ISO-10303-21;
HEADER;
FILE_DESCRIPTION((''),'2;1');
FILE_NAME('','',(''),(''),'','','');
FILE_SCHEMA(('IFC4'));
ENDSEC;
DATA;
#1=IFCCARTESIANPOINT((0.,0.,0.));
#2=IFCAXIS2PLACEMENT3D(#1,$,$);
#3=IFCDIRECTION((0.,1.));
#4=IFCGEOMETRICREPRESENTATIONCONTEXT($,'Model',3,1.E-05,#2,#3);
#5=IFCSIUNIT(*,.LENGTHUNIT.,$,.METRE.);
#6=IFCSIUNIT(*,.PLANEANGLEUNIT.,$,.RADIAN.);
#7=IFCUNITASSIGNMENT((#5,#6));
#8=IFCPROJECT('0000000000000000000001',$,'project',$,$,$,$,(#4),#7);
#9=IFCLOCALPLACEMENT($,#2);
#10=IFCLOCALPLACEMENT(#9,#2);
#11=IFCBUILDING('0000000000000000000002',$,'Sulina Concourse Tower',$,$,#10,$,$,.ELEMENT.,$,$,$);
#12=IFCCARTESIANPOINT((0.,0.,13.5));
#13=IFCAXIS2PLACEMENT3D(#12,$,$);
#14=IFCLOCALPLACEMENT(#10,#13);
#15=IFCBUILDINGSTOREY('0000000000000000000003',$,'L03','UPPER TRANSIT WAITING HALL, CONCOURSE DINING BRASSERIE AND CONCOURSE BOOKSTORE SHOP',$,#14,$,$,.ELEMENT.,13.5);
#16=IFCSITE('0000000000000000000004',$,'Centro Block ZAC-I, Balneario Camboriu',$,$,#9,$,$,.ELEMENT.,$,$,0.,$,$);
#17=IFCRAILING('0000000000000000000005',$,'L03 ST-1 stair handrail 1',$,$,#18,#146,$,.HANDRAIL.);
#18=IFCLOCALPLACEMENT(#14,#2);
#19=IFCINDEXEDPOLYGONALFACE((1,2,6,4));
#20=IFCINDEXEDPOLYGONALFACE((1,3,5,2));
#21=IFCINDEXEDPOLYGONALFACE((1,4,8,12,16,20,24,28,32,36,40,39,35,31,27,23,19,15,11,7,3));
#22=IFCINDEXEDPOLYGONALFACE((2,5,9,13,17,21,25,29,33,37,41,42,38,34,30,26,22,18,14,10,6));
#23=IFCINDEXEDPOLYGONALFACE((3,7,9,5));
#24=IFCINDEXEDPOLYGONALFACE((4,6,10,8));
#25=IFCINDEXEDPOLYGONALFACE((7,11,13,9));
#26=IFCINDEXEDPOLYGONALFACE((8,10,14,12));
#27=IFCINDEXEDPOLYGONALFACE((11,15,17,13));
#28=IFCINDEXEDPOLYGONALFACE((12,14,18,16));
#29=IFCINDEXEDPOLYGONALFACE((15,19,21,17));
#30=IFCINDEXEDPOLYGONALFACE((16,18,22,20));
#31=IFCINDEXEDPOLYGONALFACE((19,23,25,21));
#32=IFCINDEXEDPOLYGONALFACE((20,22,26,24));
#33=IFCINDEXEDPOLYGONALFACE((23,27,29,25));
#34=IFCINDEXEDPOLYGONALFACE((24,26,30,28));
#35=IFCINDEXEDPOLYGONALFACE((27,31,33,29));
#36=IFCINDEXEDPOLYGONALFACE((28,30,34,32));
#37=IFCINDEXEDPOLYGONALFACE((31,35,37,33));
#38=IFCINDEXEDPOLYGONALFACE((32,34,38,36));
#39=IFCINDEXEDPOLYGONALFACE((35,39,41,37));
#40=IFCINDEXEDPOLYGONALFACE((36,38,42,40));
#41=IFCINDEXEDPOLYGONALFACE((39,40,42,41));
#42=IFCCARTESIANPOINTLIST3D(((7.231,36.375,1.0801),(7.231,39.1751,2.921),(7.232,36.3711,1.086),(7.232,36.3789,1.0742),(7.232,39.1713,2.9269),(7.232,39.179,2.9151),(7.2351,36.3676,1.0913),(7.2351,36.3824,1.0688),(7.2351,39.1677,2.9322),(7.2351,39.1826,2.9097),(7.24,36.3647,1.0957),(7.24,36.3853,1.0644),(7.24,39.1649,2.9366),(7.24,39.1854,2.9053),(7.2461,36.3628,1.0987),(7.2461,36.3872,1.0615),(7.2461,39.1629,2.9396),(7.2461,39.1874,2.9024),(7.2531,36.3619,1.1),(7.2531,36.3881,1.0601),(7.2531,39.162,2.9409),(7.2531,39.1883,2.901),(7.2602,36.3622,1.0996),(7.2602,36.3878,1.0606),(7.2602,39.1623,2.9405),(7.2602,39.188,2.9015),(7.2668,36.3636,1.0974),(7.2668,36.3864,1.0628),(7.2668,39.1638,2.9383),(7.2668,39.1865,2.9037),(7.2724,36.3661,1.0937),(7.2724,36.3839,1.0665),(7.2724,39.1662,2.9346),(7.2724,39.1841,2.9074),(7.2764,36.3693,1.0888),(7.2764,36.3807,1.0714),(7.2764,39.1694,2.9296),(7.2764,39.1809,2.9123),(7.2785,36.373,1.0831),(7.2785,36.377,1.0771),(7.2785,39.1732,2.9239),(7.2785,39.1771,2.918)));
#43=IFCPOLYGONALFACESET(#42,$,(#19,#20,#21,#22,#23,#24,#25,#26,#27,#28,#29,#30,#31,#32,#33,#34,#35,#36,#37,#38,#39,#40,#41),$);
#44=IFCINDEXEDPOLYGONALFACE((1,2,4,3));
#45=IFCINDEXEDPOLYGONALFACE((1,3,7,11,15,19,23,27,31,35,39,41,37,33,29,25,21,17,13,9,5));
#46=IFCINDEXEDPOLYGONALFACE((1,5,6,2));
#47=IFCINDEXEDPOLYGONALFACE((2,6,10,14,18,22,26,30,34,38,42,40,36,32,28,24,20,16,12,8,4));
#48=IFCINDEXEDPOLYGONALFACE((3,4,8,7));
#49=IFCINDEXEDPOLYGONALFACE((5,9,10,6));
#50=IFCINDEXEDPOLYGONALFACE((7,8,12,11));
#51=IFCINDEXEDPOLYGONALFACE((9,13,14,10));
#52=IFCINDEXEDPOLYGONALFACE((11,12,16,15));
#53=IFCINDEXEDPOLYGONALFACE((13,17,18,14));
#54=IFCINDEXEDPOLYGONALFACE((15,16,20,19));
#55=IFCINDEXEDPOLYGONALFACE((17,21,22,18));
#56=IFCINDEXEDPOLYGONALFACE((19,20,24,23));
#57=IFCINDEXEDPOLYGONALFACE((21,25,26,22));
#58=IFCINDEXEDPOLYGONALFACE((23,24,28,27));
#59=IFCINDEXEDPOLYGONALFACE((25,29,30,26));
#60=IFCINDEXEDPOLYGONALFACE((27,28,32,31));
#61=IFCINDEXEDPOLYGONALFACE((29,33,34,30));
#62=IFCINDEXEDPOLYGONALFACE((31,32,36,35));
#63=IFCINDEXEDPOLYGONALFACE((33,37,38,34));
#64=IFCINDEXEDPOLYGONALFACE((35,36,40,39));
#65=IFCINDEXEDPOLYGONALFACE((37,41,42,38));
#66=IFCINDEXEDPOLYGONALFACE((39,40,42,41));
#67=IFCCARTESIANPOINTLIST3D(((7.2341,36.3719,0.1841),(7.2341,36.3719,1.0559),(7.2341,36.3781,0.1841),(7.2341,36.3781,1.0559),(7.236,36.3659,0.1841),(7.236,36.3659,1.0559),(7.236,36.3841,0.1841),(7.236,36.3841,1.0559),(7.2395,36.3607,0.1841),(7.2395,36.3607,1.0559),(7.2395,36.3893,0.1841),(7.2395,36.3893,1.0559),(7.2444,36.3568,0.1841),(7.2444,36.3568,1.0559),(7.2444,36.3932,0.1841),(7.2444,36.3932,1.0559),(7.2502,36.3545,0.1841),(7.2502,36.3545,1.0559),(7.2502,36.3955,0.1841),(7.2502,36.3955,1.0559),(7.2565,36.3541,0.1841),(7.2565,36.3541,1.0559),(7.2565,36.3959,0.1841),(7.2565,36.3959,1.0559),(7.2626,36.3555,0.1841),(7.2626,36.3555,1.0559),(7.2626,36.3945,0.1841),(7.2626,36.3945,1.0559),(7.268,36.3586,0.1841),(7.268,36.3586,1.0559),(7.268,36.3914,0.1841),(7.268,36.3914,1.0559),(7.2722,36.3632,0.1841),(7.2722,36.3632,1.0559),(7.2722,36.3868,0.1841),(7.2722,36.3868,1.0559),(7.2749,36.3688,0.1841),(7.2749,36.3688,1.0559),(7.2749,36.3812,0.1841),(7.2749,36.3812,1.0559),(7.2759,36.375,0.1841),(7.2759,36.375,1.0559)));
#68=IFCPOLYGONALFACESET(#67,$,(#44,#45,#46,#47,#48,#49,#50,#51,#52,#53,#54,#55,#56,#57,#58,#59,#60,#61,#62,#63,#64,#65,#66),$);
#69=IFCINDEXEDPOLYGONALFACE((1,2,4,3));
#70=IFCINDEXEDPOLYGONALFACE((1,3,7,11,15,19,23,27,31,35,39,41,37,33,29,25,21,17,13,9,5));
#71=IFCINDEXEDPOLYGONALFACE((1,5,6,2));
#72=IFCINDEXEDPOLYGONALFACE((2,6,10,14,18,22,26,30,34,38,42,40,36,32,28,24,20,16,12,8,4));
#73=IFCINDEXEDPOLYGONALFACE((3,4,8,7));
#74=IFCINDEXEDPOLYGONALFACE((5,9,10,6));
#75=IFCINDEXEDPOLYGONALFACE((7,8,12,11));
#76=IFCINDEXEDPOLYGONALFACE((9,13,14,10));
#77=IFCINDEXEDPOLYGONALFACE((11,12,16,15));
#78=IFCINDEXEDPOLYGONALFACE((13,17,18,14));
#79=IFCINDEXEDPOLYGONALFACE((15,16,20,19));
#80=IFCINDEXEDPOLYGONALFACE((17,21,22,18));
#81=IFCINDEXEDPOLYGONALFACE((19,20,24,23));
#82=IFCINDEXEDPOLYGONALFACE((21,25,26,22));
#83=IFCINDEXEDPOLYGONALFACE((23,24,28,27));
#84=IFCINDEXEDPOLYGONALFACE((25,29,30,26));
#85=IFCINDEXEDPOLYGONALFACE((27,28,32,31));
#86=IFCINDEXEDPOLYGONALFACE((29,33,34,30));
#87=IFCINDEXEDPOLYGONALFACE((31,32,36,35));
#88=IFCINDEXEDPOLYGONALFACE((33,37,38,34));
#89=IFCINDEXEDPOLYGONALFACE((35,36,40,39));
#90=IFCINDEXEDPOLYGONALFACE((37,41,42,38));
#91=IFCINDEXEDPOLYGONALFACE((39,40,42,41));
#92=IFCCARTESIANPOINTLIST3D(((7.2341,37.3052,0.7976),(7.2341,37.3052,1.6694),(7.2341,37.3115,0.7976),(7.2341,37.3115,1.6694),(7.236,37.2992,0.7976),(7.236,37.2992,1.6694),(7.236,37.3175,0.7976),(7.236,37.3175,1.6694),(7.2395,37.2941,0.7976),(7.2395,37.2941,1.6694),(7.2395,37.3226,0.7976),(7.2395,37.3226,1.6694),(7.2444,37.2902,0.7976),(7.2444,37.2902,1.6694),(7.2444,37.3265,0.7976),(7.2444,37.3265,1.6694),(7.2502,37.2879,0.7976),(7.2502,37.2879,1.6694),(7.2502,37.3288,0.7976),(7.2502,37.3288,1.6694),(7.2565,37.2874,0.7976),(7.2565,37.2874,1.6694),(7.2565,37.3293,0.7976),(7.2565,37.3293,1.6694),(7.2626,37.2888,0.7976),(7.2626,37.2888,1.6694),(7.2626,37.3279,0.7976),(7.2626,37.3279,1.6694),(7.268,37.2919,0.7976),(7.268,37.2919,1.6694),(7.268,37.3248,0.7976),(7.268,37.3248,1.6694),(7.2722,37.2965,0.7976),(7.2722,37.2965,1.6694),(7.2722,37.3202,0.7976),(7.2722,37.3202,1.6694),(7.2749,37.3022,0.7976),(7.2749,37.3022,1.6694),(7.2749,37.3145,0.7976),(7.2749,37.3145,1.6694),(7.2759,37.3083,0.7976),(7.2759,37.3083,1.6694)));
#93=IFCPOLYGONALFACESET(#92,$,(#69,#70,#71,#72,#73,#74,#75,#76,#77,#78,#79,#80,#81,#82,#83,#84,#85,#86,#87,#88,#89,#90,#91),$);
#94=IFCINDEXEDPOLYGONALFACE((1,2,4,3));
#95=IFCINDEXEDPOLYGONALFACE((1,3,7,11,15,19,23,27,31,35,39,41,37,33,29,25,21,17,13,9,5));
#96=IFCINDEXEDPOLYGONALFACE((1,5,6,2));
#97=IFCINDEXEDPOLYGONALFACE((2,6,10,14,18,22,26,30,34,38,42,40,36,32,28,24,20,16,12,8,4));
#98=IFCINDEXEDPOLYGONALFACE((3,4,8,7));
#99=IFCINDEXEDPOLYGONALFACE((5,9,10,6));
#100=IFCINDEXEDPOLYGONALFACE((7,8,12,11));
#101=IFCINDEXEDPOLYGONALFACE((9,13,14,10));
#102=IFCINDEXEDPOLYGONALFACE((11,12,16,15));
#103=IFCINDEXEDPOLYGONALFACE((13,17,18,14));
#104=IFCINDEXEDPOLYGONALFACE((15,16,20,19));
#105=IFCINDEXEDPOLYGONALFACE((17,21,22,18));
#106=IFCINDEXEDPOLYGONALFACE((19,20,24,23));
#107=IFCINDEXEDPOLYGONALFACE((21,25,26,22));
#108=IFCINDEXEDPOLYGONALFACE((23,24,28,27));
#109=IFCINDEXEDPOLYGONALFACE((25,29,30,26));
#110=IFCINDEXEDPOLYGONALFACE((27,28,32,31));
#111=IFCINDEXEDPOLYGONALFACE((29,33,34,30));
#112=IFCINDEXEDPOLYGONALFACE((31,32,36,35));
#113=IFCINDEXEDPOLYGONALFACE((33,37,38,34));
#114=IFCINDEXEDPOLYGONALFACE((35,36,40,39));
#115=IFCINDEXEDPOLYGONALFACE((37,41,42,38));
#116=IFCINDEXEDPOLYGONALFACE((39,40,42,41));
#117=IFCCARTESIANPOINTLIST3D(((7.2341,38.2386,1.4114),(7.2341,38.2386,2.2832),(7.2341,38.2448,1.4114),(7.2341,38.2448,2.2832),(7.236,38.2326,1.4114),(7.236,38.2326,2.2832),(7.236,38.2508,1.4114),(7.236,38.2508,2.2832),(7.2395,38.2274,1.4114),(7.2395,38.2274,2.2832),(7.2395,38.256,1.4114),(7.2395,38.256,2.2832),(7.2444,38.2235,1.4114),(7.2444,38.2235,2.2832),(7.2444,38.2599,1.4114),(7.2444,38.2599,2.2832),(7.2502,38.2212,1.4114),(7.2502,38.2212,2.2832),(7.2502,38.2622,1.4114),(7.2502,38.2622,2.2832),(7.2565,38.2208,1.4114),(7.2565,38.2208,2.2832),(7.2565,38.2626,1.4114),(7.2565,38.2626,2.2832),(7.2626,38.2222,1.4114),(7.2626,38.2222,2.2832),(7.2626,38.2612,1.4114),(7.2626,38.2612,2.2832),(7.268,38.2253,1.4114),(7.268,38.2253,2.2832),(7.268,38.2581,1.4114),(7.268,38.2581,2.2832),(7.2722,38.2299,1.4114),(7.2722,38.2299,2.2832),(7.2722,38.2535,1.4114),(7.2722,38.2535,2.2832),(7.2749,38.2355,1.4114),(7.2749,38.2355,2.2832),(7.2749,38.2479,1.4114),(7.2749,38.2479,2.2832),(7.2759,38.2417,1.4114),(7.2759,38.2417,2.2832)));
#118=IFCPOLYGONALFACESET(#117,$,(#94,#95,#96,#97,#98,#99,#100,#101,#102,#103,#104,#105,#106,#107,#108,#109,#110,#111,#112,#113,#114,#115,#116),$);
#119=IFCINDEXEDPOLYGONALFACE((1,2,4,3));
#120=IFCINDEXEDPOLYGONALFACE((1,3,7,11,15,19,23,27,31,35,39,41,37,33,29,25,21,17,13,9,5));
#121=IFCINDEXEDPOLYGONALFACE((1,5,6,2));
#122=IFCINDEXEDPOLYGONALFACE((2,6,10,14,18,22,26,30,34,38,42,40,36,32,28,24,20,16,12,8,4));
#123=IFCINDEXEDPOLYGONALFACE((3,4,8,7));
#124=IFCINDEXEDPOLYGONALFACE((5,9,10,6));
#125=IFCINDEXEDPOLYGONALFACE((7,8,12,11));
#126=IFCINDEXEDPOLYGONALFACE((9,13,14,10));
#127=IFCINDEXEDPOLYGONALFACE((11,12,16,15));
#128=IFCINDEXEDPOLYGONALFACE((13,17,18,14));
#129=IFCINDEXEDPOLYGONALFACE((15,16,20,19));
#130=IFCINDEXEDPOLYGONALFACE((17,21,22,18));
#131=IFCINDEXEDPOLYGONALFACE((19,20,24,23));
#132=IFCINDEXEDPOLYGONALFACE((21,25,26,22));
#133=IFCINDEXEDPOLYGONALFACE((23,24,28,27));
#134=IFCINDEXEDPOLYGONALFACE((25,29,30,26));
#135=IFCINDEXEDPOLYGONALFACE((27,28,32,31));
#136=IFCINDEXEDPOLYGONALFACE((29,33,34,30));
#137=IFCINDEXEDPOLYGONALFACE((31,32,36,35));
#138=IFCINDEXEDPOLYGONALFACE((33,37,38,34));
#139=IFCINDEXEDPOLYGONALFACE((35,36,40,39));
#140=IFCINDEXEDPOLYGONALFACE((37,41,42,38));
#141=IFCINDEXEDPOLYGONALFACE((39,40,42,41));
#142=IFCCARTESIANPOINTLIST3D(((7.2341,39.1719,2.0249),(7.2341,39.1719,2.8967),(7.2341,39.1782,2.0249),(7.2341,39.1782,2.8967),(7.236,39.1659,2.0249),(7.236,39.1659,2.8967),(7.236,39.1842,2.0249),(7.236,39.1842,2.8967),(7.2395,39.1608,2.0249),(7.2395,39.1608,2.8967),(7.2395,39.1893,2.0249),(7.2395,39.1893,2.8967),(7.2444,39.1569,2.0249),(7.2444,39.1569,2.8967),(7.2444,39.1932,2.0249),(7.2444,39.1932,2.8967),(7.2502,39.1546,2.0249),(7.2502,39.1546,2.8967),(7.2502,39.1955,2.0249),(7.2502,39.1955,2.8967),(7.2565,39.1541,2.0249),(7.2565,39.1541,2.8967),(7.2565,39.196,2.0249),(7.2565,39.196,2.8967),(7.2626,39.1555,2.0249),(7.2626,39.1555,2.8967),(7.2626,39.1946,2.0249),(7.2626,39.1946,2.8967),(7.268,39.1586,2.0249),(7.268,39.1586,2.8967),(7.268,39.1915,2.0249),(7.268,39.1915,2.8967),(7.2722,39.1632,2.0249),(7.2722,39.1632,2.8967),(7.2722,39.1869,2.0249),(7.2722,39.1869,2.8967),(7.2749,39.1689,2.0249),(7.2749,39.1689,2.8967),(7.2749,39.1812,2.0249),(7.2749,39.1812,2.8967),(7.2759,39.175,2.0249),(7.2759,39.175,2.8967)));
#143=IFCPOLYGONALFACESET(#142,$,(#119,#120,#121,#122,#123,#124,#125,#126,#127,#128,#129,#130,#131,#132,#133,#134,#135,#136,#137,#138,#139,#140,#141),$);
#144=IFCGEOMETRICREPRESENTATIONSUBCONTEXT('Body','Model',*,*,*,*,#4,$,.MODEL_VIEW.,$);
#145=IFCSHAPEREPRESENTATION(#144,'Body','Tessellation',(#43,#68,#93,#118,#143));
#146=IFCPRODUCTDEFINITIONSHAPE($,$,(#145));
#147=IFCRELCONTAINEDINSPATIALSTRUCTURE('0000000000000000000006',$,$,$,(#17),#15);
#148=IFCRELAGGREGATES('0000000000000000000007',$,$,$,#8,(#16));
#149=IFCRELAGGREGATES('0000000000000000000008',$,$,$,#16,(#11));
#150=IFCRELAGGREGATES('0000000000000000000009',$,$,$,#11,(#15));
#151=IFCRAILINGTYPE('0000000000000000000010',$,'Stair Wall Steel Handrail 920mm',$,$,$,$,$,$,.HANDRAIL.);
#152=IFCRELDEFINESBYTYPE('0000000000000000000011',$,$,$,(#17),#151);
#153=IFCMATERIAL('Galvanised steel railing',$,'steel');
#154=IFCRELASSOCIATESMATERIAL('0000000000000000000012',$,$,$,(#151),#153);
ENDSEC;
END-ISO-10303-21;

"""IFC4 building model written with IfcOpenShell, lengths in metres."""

from ifc_helpers import new_model, si_unit, direction, frame, origin, origin_2d, place, context, subcontext, project, spatial, circle, extrude, material, type_object, element, save


model = new_model("IFC4")

# Units and contexts
model_context = context("Model", 3, precision=1e-05, world=origin(), true_north=direction((0.0, 1.0)))
body_context = subcontext(model_context, "Body", "Model", "MODEL_VIEW")
ifc_project = project(units=[si_unit("LENGTHUNIT", "METRE"), si_unit("PLANEANGLEUNIT", "RADIAN")], contexts=[model_context])

# Site, building, storey
site_placement = place(None, origin())
site = spatial("IfcSite", under=ifc_project, at=site_placement, Name="Centro Block ZAC-I, Balneario Camboriu", CompositionType="ELEMENT", RefElevation=0.0)
building_placement = place(site_placement, origin())
building = spatial("IfcBuilding", under=site, at=building_placement, Name="Sulina Concourse Tower", CompositionType="ELEMENT")
storey_placement = place(building_placement, frame((0.0, 0.0, 13.5)))
storey = spatial("IfcBuildingStorey", under=building, at=storey_placement, Name="L03", Description="UPPER TRANSIT WAITING HALL, CONCOURSE DINING BRASSERIE AND CONCOURSE BOOKSTORE SHOP", CompositionType="ELEMENT", Elevation=13.5)

# Railing
ifc_material_1 = material(Name="Galvanised steel railing", Category="steel")
railing_type_1 = type_object("IfcRailingType", Name="Stair Wall Steel Handrail 920mm", PredefinedType="HANDRAIL", material=ifc_material_1)
railing_1_placement = place(storey_placement, frame((7.2549, 36.375, 0.1841)))
element("IfcRailing", 1, at=railing_1_placement, inside=storey, type_object=railing_type_1, Name="L03 ST-1 stair handrail 1", PredefinedType="HANDRAIL", context=body_context, shape_type="SweptSolid", body=[
    extrude(circle(Radius=0.0239, at=origin_2d()), frame((0.0, 0.0, 0.896), z_axis=(0.0, 0.835598, 0.549342), x_axis=(-1.0, 0.0, 0.0)), (0.0, 0.0, 1.0), 3.3511),
    extrude(circle(Radius=0.021, at=origin_2d()), origin(), (0.0, 0.0, 1.0), 0.8718),
    extrude(circle(Radius=0.021, at=origin_2d()), frame((0.0, 0.9333, 0.6135)), (0.0, 0.0, 1.0), 0.8718),
    extrude(circle(Radius=0.021, at=origin_2d()), frame((0.0, 1.8667, 1.2273)), (0.0, 0.0, 1.0), 0.8718),
    extrude(circle(Radius=0.021, at=origin_2d()), frame((0.0, 2.8, 1.8408)), (0.0, 0.0, 1.0), 0.8718),
])

save(model, "model.ifc")
